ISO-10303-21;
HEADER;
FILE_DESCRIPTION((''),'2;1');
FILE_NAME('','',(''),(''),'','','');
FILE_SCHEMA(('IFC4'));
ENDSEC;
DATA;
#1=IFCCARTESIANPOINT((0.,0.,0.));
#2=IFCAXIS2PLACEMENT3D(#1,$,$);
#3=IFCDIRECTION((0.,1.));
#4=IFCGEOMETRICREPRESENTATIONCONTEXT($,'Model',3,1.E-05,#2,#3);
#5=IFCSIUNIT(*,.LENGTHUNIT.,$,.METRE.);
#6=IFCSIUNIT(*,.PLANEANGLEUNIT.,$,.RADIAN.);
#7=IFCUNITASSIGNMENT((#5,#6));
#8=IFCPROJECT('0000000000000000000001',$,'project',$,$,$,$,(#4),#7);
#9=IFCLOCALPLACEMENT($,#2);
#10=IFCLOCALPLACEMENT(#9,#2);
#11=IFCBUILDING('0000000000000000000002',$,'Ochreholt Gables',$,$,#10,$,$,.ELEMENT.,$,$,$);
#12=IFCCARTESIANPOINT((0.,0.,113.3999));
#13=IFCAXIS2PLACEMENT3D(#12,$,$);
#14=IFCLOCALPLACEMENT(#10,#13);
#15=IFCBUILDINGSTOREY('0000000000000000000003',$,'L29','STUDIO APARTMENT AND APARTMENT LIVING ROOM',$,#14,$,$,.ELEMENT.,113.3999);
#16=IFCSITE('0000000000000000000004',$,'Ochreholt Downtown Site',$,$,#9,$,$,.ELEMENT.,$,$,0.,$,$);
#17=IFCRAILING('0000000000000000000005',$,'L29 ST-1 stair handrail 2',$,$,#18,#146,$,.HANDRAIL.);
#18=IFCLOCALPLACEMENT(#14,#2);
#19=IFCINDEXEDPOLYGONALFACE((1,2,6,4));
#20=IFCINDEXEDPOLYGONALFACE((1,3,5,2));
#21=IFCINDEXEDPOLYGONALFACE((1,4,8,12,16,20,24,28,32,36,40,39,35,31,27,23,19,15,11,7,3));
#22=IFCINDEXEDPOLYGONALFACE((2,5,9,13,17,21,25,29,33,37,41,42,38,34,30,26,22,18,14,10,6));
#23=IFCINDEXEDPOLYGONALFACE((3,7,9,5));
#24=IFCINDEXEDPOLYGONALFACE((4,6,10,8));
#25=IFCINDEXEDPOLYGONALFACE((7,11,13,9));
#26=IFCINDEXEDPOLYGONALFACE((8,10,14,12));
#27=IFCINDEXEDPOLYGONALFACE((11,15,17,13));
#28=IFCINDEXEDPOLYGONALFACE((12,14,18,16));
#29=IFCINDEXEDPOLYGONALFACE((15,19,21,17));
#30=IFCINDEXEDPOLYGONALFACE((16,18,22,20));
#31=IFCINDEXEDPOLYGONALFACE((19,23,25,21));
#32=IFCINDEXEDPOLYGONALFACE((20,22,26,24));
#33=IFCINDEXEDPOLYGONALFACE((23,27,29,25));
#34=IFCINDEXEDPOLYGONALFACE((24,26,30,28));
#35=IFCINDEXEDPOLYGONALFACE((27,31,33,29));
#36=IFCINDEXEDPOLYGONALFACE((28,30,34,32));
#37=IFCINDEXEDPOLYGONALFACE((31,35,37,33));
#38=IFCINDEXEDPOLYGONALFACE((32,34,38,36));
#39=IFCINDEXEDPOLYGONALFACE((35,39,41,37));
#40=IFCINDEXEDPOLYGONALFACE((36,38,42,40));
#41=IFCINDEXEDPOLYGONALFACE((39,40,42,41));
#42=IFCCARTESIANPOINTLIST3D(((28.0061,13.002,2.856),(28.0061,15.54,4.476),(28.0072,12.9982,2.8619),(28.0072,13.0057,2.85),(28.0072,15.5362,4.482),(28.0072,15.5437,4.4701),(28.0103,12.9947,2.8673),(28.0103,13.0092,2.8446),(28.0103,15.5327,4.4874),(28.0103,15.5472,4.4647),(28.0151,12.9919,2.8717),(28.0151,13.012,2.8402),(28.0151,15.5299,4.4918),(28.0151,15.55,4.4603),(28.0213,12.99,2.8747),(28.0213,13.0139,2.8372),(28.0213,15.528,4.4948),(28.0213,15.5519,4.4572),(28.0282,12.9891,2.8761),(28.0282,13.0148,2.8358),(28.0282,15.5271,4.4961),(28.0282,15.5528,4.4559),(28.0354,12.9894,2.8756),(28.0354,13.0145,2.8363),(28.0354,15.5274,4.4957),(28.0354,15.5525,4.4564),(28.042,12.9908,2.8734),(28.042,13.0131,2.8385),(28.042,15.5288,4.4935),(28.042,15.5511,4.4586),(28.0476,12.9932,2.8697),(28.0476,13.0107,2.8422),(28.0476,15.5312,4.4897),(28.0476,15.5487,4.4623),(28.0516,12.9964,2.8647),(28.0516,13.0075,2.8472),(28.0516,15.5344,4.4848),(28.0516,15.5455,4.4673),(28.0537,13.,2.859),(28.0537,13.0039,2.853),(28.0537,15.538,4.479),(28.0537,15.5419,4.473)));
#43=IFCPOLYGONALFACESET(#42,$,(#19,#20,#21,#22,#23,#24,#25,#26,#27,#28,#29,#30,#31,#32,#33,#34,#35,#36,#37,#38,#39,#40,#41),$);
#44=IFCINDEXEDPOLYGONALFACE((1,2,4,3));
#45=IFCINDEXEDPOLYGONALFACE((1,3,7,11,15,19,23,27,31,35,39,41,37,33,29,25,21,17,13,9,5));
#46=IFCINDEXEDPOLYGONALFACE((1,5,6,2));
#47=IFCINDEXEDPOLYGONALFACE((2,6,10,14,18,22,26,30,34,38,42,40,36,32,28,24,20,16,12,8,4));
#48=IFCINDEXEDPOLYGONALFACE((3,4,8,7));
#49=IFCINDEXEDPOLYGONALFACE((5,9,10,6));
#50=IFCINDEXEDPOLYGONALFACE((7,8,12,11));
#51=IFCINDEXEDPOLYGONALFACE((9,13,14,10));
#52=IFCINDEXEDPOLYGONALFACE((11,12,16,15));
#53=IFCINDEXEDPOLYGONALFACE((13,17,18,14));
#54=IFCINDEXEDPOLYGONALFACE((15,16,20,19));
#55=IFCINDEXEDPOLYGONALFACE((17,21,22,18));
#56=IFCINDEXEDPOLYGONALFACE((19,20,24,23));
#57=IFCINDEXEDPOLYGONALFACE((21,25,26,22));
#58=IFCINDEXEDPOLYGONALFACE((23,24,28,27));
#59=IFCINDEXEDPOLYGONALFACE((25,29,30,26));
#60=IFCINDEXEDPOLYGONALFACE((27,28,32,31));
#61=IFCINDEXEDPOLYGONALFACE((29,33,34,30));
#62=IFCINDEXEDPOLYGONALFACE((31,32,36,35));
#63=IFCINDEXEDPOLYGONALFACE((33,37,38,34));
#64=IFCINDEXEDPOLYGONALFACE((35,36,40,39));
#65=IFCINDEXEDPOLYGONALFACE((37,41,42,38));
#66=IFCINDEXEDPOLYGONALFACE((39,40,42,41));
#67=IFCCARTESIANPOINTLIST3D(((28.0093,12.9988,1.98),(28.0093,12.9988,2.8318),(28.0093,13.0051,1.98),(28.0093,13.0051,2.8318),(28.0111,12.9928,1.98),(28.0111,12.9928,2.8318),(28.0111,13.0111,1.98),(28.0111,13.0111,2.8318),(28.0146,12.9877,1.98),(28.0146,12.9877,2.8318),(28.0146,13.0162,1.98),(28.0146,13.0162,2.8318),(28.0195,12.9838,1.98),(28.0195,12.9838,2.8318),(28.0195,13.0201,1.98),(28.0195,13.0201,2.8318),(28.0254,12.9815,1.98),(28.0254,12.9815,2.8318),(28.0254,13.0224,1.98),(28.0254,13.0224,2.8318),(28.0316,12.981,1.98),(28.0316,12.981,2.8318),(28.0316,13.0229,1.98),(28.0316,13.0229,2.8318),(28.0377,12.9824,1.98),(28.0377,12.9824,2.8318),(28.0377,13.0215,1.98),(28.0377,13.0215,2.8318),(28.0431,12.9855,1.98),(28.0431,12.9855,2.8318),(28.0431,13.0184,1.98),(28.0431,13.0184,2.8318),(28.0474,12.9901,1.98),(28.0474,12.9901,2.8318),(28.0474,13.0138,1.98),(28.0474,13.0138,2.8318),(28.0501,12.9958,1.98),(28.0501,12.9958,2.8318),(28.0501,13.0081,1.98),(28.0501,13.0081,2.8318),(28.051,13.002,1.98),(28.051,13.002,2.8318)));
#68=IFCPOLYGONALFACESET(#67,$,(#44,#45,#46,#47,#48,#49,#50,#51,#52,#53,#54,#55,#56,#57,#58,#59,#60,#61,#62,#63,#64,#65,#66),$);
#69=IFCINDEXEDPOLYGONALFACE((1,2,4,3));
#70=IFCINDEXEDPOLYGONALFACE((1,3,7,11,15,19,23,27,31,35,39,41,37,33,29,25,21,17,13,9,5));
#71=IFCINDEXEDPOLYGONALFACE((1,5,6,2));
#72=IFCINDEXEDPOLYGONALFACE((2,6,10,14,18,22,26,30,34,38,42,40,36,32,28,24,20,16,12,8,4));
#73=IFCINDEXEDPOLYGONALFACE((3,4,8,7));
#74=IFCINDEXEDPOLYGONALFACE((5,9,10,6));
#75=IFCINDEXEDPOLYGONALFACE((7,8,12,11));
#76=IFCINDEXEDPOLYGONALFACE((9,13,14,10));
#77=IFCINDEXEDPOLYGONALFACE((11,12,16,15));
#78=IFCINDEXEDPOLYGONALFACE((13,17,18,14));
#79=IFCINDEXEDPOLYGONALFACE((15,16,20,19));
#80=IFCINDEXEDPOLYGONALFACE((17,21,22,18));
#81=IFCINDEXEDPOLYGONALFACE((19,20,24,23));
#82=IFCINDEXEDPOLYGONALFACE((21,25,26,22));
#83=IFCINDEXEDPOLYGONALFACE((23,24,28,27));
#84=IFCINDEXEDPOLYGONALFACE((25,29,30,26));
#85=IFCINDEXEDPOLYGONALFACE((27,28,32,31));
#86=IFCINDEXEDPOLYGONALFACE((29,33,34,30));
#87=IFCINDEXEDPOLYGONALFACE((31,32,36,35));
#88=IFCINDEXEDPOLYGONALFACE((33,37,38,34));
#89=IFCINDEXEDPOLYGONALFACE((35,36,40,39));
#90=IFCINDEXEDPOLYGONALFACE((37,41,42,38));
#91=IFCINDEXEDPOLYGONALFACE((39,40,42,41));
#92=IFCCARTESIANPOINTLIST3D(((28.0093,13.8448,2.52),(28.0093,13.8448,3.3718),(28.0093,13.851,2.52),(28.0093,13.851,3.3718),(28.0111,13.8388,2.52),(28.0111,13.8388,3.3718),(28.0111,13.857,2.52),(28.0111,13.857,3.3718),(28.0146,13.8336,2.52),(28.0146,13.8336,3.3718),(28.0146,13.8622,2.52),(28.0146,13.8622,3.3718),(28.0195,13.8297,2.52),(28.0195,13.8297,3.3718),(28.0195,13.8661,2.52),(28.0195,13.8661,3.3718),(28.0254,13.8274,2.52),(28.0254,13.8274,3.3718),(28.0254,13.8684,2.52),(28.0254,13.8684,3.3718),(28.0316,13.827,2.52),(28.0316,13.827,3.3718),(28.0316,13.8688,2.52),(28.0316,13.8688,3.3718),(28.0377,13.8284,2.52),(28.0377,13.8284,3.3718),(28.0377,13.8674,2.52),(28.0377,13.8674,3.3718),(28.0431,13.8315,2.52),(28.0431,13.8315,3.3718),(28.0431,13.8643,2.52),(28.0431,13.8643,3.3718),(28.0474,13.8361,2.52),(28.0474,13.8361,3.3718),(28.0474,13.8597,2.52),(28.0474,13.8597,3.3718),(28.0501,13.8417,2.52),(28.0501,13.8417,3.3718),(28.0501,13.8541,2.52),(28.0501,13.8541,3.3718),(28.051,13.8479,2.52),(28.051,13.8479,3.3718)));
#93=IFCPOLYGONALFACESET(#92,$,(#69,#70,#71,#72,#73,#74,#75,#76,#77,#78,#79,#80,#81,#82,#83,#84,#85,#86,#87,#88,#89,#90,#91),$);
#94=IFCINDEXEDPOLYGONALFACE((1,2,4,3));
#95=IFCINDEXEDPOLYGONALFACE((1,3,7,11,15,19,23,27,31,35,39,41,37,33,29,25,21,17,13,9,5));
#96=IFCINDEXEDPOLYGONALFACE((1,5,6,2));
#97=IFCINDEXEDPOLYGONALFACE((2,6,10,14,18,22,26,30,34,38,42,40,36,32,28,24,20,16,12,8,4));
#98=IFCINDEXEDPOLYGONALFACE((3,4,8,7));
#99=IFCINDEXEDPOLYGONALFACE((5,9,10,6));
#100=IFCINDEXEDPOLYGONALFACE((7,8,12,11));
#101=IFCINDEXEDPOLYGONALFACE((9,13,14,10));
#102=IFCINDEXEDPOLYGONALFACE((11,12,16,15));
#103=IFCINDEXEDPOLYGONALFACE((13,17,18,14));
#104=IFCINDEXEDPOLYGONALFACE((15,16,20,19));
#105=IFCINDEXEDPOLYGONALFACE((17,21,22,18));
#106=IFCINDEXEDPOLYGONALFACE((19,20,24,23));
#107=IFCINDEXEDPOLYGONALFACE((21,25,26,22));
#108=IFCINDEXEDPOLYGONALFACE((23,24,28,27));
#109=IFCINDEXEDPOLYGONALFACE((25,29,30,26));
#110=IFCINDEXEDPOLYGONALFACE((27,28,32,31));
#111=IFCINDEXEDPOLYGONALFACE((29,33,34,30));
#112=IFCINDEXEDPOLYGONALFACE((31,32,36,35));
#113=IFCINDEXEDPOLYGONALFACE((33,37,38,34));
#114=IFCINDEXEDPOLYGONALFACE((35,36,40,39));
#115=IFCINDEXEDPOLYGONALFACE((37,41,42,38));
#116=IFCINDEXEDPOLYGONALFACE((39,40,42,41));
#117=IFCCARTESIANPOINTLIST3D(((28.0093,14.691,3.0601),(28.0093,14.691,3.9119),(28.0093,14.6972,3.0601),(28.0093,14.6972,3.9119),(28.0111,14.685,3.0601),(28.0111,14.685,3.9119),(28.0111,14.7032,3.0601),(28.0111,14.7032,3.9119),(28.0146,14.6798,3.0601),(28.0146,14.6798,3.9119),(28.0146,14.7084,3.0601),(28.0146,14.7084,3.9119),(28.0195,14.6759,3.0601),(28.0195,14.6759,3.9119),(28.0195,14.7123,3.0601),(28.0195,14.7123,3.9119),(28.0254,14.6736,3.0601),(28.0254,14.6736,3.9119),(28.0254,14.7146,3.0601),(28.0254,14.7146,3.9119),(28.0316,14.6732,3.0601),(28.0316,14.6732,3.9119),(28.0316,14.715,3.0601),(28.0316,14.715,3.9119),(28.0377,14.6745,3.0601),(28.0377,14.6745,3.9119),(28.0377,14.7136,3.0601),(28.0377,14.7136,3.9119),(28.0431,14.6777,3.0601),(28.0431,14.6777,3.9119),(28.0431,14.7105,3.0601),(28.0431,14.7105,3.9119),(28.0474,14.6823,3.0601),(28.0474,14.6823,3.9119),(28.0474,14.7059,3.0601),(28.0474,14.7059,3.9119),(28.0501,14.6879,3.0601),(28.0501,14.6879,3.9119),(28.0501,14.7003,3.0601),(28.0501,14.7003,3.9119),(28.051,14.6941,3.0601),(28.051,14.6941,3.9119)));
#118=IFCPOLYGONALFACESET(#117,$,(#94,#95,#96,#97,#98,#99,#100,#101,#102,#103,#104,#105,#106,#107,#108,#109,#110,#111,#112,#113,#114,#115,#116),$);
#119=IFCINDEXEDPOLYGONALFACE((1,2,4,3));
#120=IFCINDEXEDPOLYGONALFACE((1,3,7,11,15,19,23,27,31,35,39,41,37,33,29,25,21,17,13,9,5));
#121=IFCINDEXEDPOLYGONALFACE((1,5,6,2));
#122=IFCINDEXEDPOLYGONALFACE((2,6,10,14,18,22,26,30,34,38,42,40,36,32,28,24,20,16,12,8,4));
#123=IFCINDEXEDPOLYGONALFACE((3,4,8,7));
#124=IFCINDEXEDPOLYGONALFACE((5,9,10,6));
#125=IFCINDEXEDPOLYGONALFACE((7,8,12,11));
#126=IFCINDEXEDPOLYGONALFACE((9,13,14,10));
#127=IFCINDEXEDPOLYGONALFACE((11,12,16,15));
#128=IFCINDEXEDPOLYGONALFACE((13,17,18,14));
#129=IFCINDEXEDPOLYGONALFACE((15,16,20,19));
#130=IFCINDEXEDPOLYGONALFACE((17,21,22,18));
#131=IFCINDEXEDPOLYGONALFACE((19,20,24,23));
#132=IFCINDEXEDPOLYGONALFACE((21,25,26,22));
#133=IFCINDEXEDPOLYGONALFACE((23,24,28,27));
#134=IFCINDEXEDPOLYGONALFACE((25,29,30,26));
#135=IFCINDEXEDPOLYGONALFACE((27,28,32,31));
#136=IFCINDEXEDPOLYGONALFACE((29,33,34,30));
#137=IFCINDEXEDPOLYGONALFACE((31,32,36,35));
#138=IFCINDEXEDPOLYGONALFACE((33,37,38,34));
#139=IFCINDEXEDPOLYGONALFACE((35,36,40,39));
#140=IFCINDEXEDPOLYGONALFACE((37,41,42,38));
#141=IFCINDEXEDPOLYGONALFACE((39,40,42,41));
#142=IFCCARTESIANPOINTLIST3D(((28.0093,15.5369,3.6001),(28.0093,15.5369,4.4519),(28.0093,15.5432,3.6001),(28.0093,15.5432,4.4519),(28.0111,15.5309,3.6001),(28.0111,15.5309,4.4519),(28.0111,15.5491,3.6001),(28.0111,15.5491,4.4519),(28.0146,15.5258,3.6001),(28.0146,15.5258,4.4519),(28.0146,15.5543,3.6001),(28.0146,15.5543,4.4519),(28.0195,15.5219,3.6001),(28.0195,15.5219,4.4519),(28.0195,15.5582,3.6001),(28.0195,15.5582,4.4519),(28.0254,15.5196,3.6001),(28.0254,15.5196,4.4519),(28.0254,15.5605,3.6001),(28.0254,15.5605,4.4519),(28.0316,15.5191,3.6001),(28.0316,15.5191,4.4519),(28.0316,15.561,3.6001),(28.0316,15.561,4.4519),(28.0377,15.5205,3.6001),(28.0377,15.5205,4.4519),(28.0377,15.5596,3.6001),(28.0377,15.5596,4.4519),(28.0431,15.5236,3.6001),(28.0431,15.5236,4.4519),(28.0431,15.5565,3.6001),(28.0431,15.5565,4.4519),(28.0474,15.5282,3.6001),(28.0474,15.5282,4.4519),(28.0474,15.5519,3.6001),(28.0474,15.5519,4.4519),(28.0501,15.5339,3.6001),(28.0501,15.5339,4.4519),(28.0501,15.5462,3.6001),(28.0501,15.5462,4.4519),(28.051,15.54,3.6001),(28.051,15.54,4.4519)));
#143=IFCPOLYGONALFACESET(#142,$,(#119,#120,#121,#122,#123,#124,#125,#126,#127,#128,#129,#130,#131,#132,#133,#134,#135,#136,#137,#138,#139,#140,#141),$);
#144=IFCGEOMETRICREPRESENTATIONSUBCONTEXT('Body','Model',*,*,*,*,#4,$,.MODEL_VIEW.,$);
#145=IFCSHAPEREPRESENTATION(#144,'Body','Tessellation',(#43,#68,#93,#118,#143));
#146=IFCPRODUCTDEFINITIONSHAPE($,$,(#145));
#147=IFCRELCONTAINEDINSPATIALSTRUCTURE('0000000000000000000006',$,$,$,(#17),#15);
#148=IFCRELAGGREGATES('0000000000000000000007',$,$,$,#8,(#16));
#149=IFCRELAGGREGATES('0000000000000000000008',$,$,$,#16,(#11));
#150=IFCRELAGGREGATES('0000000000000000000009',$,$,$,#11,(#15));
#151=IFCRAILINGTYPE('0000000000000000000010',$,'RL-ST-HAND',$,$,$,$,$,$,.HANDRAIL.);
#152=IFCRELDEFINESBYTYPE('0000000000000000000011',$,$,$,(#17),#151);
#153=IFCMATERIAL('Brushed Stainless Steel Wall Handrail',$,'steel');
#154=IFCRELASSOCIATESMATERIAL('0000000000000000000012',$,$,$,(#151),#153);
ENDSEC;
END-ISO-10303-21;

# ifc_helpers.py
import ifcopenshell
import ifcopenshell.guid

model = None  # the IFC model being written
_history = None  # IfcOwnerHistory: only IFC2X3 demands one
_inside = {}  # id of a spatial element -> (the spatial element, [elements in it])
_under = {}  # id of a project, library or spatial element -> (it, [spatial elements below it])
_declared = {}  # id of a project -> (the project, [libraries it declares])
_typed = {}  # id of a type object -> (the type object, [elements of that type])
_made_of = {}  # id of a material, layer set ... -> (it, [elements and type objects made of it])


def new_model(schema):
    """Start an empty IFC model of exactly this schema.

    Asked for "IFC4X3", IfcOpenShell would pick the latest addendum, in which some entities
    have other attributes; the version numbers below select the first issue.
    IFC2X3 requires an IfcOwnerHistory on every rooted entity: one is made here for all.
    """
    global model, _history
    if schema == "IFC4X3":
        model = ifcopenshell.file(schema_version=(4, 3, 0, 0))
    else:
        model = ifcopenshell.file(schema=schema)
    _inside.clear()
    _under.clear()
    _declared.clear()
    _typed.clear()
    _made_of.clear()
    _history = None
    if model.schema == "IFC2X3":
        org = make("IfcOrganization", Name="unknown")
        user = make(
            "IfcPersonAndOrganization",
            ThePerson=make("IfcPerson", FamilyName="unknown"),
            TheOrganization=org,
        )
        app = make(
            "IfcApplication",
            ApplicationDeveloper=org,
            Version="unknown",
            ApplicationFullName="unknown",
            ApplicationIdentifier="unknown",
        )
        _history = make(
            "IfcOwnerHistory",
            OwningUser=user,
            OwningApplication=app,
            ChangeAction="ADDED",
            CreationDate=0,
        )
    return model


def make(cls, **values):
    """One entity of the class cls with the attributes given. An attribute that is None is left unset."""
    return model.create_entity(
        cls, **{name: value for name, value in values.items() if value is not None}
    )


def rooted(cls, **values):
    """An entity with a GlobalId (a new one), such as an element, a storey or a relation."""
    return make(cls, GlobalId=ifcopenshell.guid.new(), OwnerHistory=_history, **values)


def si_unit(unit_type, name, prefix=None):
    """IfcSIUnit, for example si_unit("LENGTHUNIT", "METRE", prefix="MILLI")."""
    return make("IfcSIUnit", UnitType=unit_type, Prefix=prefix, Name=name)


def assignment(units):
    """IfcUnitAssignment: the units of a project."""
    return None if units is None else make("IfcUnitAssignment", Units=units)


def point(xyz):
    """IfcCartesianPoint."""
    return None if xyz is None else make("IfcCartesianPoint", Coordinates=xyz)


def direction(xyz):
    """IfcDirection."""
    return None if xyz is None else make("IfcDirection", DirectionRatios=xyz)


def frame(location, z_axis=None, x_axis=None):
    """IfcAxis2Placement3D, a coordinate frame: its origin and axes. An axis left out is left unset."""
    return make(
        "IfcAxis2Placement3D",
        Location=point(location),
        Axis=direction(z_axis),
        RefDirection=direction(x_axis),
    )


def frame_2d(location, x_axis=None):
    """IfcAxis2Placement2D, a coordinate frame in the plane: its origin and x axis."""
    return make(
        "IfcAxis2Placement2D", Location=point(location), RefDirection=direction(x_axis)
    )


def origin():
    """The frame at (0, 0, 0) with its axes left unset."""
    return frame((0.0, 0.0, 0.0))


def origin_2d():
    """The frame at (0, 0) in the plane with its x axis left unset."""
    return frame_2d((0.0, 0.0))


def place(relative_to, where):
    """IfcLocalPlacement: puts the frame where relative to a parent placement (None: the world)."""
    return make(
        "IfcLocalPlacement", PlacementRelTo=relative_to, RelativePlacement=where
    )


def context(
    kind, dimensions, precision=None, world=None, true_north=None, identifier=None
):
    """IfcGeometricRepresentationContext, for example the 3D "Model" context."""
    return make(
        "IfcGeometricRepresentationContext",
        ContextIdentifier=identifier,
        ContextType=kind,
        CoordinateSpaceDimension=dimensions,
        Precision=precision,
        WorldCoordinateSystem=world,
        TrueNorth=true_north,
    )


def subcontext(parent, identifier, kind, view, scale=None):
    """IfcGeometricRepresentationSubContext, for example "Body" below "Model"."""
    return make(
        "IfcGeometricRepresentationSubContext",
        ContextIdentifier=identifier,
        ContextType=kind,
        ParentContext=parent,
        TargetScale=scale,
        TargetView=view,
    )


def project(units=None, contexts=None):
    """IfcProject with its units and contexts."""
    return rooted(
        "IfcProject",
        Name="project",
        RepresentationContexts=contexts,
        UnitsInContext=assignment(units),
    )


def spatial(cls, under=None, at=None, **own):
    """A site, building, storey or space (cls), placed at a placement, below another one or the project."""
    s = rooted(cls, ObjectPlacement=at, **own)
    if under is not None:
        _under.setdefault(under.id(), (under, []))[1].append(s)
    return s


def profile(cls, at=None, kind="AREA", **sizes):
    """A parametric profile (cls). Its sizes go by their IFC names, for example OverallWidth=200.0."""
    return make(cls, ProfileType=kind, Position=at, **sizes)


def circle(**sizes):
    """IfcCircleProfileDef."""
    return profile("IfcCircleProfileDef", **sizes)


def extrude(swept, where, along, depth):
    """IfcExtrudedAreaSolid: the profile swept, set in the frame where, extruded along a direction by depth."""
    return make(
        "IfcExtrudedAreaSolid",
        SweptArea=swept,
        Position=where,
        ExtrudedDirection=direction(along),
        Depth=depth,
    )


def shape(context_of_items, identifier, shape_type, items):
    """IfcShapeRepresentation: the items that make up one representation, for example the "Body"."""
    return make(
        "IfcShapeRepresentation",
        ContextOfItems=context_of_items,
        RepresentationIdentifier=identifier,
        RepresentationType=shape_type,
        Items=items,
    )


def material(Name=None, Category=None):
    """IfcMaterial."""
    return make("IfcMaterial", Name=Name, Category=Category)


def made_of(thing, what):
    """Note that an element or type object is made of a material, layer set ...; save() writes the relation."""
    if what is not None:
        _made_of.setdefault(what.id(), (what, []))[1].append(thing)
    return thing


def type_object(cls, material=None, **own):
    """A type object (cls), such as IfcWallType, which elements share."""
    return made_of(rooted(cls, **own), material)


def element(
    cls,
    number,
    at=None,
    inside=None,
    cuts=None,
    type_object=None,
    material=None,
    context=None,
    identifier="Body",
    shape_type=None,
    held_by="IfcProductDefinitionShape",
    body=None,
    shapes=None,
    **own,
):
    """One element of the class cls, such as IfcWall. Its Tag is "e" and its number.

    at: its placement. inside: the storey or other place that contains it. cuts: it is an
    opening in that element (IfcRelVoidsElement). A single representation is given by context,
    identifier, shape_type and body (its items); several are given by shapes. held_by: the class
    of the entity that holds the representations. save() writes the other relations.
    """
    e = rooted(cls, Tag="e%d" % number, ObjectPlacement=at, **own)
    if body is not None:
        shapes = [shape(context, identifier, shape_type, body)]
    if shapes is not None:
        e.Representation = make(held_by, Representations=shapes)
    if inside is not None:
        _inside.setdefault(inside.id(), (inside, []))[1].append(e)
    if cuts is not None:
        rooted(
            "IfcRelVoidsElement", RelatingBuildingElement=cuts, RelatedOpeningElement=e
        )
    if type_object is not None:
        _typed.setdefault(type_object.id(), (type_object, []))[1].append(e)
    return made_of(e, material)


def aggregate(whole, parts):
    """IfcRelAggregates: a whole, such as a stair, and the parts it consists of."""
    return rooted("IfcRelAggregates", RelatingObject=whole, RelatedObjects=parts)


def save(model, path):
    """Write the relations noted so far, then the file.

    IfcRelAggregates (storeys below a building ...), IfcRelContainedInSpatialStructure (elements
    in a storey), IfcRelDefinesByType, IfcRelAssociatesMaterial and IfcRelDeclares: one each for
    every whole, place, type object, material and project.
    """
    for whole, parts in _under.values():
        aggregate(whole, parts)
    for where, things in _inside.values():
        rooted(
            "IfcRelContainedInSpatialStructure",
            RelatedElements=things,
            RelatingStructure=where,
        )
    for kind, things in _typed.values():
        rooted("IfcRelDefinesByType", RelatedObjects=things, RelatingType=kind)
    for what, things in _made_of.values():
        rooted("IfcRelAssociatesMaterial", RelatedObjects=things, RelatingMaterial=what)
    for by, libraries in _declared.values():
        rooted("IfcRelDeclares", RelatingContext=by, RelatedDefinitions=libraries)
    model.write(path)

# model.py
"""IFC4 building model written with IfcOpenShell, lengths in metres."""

from ifc_helpers import new_model, si_unit, direction, frame, origin, origin_2d, place, context, subcontext, project, spatial, circle, extrude, material, type_object, element, save


model = new_model("IFC4")

# Units and contexts
model_context = context("Model", 3, precision=1e-05, world=origin(), true_north=direction((0.0, 1.0)))
body_context = subcontext(model_context, "Body", "Model", "MODEL_VIEW")
ifc_project = project(units=[si_unit("LENGTHUNIT", "METRE"), si_unit("PLANEANGLEUNIT", "RADIAN")], contexts=[model_context])

# Site, building, storey
site_placement = place(None, origin())
site = spatial("IfcSite", under=ifc_project, at=site_placement, Name="Ochreholt Downtown Site", CompositionType="ELEMENT", RefElevation=0.0)
building_placement = place(site_placement, origin())
building = spatial("IfcBuilding", under=site, at=building_placement, Name="Ochreholt Gables", CompositionType="ELEMENT")
storey_placement = place(building_placement, frame((0.0, 0.0, 113.3999)))
storey = spatial("IfcBuildingStorey", under=building, at=storey_placement, Name="L29", Description="STUDIO APARTMENT AND APARTMENT LIVING ROOM", CompositionType="ELEMENT", Elevation=113.3999)

# Railing
ifc_material_1 = material(Name="Brushed Stainless Steel Wall Handrail", Category="steel")
railing_type_1 = type_object("IfcRailingType", Name="RL-ST-HAND", PredefinedType="HANDRAIL", material=ifc_material_1)
railing_1_placement = place(storey_placement, frame((28.03, 13.002, 1.98)))
element("IfcRailing", 1, at=railing_1_placement, inside=storey, type_object=railing_type_1, Name="L29 ST-1 stair handrail 2", PredefinedType="HANDRAIL", context=body_context, shape_type="SweptSolid", body=[
    extrude(circle(Radius=0.0239, at=origin_2d()), frame((0.0, 0.0, 0.876), z_axis=(0.0, 0.842913, 0.53805), x_axis=(-1.0, 0.0, 0.0)), (0.0, 0.0, 1.0), 3.011),
    extrude(circle(Radius=0.021, at=origin_2d()), origin(), (0.0, 0.0, 1.0), 0.8518),
    extrude(circle(Radius=0.021, at=origin_2d()), frame((0.0, 0.8459, 0.54)), (0.0, 0.0, 1.0), 0.8518),
    extrude(circle(Radius=0.021, at=origin_2d()), frame((0.0, 1.6921, 1.0801)), (0.0, 0.0, 1.0), 0.8518),
    extrude(circle(Radius=0.021, at=origin_2d()), frame((0.0, 2.5381, 1.6201)), (0.0, 0.0, 1.0), 0.8518),
])

save(model, "model.ifc")
